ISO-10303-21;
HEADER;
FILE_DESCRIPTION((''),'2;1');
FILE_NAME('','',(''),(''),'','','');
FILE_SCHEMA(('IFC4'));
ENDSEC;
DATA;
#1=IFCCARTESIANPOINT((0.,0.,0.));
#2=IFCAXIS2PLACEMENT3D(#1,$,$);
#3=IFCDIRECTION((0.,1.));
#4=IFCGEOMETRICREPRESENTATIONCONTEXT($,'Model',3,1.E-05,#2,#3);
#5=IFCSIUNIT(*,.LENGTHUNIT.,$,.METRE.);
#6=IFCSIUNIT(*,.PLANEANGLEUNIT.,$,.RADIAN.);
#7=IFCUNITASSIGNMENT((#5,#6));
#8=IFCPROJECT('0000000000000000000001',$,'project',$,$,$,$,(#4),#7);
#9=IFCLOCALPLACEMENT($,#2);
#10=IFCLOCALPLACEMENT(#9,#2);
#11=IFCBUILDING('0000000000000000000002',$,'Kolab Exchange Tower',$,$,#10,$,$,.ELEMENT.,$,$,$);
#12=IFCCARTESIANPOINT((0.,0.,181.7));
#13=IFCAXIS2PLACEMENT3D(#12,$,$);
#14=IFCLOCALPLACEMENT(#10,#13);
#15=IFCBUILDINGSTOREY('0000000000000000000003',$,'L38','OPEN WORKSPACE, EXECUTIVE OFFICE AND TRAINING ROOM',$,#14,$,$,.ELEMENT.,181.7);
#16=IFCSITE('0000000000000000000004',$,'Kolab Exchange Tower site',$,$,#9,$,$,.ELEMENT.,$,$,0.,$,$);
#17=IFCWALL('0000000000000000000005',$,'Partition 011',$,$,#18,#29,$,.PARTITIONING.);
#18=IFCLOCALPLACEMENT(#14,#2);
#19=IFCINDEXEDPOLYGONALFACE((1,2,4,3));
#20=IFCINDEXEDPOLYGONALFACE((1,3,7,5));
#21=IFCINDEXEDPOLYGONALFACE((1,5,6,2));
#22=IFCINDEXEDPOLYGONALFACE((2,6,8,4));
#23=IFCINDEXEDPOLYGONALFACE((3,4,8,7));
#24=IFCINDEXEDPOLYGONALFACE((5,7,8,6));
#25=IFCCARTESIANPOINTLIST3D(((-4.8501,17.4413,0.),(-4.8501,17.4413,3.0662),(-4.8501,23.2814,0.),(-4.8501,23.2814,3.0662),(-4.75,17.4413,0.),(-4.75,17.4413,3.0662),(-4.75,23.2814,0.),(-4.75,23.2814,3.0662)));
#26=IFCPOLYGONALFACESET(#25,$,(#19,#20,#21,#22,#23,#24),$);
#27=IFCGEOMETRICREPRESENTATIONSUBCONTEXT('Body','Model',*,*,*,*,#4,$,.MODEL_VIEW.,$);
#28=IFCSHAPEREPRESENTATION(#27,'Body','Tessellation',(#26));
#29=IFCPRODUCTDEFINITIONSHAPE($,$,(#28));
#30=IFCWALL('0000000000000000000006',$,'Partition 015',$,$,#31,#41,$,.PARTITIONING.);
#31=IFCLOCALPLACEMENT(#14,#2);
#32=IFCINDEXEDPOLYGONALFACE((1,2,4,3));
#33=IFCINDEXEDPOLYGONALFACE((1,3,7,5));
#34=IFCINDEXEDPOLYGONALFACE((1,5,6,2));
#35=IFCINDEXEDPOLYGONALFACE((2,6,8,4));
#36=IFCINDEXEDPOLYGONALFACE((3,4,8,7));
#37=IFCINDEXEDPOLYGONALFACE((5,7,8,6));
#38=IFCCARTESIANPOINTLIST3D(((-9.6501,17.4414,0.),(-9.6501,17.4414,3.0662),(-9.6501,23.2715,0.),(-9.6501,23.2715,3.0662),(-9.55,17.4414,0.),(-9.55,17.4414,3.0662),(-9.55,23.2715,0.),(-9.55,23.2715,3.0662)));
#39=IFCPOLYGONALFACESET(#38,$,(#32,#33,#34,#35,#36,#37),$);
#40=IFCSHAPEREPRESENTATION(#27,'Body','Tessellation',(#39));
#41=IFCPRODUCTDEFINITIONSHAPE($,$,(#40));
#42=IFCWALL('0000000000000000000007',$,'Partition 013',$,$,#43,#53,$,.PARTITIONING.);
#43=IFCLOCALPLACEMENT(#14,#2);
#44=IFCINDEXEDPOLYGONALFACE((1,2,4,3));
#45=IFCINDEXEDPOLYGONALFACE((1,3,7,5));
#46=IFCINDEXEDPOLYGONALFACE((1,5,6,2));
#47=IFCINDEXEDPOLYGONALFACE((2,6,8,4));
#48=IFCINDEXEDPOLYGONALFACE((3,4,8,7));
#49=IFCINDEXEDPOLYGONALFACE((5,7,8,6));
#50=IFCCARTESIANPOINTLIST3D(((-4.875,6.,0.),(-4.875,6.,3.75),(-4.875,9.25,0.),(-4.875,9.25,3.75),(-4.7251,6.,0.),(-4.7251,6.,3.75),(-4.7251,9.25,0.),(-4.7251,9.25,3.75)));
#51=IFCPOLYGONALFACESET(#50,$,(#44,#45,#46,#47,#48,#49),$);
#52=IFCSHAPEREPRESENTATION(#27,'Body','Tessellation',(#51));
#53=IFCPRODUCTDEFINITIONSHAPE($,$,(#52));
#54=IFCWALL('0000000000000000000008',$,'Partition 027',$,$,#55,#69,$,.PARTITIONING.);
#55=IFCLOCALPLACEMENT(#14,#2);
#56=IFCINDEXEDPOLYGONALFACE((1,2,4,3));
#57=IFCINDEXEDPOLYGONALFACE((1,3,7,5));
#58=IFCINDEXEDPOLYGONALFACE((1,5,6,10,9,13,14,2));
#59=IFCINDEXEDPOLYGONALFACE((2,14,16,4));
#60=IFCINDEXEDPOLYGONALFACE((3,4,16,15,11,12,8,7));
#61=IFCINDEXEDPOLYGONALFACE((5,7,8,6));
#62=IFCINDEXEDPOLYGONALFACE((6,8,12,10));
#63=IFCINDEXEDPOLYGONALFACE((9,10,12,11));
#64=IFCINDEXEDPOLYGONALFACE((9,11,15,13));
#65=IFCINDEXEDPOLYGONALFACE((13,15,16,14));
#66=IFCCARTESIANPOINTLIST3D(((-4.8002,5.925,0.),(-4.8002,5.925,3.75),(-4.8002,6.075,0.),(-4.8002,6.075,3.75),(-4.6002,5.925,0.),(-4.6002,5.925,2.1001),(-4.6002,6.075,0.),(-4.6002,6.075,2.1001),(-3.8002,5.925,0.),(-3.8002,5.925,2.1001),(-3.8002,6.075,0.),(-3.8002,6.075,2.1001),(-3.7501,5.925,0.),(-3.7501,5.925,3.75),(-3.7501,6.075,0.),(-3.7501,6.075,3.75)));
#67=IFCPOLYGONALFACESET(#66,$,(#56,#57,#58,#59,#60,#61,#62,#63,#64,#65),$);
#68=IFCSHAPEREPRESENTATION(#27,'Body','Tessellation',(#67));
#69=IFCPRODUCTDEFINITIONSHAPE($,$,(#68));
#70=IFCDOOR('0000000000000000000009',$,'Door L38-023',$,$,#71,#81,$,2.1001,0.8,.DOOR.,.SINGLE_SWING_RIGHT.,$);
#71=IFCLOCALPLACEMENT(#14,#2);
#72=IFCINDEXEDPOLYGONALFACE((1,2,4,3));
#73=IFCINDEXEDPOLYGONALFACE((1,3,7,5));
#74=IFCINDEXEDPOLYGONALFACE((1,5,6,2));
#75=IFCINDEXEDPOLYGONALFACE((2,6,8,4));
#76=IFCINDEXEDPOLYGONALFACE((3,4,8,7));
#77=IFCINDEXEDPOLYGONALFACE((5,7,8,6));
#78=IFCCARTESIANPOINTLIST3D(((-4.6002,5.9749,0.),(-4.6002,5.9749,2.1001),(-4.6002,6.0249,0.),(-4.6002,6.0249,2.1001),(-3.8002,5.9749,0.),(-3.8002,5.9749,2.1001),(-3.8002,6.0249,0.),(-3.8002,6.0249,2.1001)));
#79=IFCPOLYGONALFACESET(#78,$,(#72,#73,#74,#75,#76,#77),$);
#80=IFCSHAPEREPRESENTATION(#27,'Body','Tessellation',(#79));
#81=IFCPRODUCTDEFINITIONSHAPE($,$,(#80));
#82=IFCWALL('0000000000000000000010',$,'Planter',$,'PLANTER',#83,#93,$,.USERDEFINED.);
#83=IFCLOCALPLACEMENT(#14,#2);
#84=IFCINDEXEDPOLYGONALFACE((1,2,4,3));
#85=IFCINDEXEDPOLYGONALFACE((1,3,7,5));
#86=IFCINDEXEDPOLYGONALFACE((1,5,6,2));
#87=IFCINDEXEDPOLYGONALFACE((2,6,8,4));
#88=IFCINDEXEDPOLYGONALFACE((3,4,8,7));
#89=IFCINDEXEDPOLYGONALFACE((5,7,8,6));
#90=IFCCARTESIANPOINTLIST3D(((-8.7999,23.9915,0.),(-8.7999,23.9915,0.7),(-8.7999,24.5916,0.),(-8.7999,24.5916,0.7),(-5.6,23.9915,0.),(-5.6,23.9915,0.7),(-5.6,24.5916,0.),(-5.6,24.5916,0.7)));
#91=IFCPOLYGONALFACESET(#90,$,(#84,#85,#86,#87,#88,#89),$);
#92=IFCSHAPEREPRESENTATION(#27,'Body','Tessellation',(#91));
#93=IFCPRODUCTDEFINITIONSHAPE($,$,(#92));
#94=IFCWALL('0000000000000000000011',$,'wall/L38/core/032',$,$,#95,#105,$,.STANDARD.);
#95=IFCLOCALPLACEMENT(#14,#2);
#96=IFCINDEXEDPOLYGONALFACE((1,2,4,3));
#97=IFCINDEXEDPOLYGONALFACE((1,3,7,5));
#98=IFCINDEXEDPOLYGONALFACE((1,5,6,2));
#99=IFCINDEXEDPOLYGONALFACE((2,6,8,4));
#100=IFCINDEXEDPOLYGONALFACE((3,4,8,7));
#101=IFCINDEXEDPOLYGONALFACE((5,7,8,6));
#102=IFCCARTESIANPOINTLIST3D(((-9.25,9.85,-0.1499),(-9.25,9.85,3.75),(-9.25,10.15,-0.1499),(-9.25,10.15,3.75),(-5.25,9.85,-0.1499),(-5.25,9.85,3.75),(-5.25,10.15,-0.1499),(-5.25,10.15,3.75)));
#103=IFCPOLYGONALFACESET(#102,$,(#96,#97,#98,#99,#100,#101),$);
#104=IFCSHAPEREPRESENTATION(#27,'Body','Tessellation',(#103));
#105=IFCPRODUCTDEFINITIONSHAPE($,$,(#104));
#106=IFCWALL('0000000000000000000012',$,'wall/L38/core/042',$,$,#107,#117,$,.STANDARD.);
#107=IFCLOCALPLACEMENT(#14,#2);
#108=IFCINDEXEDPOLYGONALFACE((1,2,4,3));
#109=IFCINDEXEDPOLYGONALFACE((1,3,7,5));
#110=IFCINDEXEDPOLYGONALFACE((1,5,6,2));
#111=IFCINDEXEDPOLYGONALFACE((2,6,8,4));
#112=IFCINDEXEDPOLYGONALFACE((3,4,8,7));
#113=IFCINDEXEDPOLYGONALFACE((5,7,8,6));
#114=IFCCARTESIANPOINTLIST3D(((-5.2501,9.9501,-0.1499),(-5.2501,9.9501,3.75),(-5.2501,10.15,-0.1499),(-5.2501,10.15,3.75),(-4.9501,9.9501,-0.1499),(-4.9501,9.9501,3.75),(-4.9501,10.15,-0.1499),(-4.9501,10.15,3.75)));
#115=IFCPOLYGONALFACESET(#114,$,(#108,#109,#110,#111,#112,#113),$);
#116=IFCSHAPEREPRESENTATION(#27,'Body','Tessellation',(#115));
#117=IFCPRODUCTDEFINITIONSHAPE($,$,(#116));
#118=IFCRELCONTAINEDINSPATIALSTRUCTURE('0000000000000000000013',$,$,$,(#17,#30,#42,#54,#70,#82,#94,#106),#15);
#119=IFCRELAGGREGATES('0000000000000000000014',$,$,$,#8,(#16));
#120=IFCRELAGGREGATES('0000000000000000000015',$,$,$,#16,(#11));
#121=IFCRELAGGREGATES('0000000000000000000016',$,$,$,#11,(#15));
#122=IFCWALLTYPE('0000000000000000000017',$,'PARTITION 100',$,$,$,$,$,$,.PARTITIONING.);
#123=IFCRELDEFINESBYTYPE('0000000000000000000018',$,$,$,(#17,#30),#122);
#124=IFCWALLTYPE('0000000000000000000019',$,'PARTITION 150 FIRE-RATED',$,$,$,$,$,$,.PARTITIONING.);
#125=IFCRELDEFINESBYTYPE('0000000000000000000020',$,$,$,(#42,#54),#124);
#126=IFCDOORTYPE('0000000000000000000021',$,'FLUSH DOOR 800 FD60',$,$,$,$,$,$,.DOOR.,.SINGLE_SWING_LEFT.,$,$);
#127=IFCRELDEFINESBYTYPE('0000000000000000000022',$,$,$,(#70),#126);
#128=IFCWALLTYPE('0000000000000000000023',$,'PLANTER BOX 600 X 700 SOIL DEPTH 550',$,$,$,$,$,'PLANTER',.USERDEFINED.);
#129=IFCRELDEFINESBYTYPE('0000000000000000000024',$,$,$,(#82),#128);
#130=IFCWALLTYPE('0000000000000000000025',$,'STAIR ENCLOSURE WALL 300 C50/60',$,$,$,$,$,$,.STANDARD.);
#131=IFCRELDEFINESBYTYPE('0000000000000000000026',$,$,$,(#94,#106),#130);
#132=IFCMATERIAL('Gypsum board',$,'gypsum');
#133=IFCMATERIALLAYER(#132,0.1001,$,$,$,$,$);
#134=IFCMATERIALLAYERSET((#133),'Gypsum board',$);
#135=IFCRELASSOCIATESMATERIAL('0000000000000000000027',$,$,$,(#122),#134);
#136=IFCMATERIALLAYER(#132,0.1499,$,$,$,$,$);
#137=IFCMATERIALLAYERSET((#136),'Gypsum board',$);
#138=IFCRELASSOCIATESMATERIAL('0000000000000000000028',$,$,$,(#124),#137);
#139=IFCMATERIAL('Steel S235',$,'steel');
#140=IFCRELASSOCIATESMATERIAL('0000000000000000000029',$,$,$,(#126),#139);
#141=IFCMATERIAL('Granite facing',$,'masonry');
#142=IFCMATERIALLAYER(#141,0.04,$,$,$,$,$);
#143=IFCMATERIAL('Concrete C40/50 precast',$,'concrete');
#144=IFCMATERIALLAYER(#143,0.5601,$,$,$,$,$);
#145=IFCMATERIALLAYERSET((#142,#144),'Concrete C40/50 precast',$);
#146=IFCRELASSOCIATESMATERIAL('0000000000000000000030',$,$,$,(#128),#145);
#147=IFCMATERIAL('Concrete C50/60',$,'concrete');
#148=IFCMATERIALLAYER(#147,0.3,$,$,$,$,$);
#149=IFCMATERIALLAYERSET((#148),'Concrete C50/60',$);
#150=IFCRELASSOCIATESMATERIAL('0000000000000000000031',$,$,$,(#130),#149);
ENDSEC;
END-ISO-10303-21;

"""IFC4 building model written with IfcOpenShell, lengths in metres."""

from ifc_helpers import new_model, si_unit, direction, frame, frame_2d, origin, place, context, subcontext, project, spatial, rectangle, extrude, material, layer, layer_set, type_object, element, fill, save


model = new_model("IFC4")

# Units and contexts
model_context = context("Model", 3, precision=1e-05, world=origin(), true_north=direction((0.0, 1.0)))
body_context = subcontext(model_context, "Body", "Model", "MODEL_VIEW")
ifc_project = project(units=[si_unit("LENGTHUNIT", "METRE"), si_unit("PLANEANGLEUNIT", "RADIAN")], contexts=[model_context])

# Site, building, storey
site_placement = place(None, origin())
site = spatial("IfcSite", under=ifc_project, at=site_placement, Name="Kolab Exchange Tower site", CompositionType="ELEMENT", RefElevation=0.0)
building_placement = place(site_placement, origin())
building = spatial("IfcBuilding", under=site, at=building_placement, Name="Kolab Exchange Tower", CompositionType="ELEMENT")
storey_placement = place(building_placement, frame((0.0, 0.0, 181.7)))
storey = spatial("IfcBuildingStorey", under=building, at=storey_placement, Name="L38", Description="OPEN WORKSPACE, EXECUTIVE OFFICE AND TRAINING ROOM", CompositionType="ELEMENT", Elevation=181.7)

# Shared definitions
ifc_material_1 = material(Name="Steel S235", Category="steel")
ifc_material_2 = material(Name="Concrete C50/60", Category="concrete")

# Walls
ifc_material_3 = material(Name="Gypsum board", Category="gypsum")
ifc_layer_1 = layer(ifc_material_3, 0.1001)
ifc_layer_set_1 = layer_set([ifc_layer_1], Name="Gypsum board")
wall_type_1 = type_object("IfcWallType", Name="PARTITION 100", PredefinedType="PARTITIONING", material=ifc_layer_set_1)
wall_1_placement = place(storey_placement, frame((-4.8, 17.4414, 0.0), z_axis=(0.0, 0.0, 1.0), x_axis=(0.0, 1.0, 0.0)))
element("IfcWall", 1, at=wall_1_placement, inside=storey, type_object=wall_type_1, Name="Partition 011", PredefinedType="PARTITIONING", context=body_context, shape_type="SweptSolid", body=[
    extrude(rectangle(XDim=5.8401, YDim=0.1001, at=frame_2d((2.9199, 0.0))), origin(), (0.0, 0.0, 1.0), 3.0662),
])
wall_2_placement = place(storey_placement, frame((-9.6001, 17.4414, 0.0), z_axis=(0.0, 0.0, 1.0), x_axis=(0.0, 1.0, 0.0)))
element("IfcWall", 2, at=wall_2_placement, inside=storey, type_object=wall_type_1, Name="Partition 015", PredefinedType="PARTITIONING", context=body_context, shape_type="SweptSolid", body=[
    extrude(rectangle(XDim=5.8301, YDim=0.1001, at=frame_2d((2.915, 0.0))), origin(), (0.0, 0.0, 1.0), 3.0662),
])
ifc_layer_2 = layer(ifc_material_3, 0.1499)
ifc_layer_set_2 = layer_set([ifc_layer_2], Name="Gypsum board")
wall_type_2 = type_object("IfcWallType", Name="PARTITION 150 FIRE-RATED", PredefinedType="PARTITIONING", material=ifc_layer_set_2)
wall_3_placement = place(storey_placement, frame((-4.8, 6.0, 0.0), z_axis=(0.0, 0.0, 1.0), x_axis=(0.0, 1.0, 0.0)))
element("IfcWall", 3, at=wall_3_placement, inside=storey, type_object=wall_type_2, Name="Partition 013", PredefinedType="PARTITIONING", context=body_context, shape_type="SweptSolid", body=[
    extrude(rectangle(XDim=3.25, YDim=0.1499, at=frame_2d((1.625, 0.0))), origin(), (0.0, 0.0, 1.0), 3.75),
])

# Wall, opening, door
wall_4_placement = place(storey_placement, frame((-4.8, 6.0, 0.0), z_axis=(0.0, 0.0, 1.0), x_axis=(1.0, 0.0, 0.0)))
wall_4 = element("IfcWall", 4, at=wall_4_placement, inside=storey, type_object=wall_type_2, Name="Partition 027", PredefinedType="PARTITIONING", context=body_context, shape_type="SweptSolid", body=[
    extrude(rectangle(XDim=1.05, YDim=0.1499, at=frame_2d((0.5249, 0.0))), origin(), (0.0, 0.0, 1.0), 3.75),
])
opening_1_placement = place(wall_4_placement, frame((0.2, 0.0, 0.0)))
opening_1 = element("IfcOpeningElement", 5, at=opening_1_placement, cuts=wall_4, PredefinedType="OPENING", context=body_context, shape_type="SweptSolid", body=[
    extrude(rectangle(XDim=0.8, YDim=2.1001, at=frame_2d((0.3999, 1.05))), frame((0.0, 0.085, 0.0), z_axis=(0.0, -1.0, 0.0), x_axis=(1.0, 0.0, 0.0)), (0.0, 0.0, 1.0), 0.1699),
])
door_type_1 = type_object("IfcDoorType", Name="FLUSH DOOR 800 FD60", OperationType="SINGLE_SWING_LEFT", PredefinedType="DOOR", material=ifc_material_1)
door_1_placement = place(opening_1_placement, origin())
door_1 = element("IfcDoor", 6, at=door_1_placement, inside=storey, type_object=door_type_1, Name="Door L38-023", OperationType="SINGLE_SWING_RIGHT", OverallHeight=2.1001, OverallWidth=0.8, PredefinedType="DOOR", context=body_context, shape_type="SweptSolid", body=[
    extrude(rectangle(XDim=0.8, YDim=2.1001, at=frame_2d((0.3999, 1.05))), frame((0.0, 0.0249, 0.0), z_axis=(0.0, -1.0, 0.0), x_axis=(1.0, 0.0, 0.0)), (0.0, 0.0, 1.0), 0.05),
])
fill(opening_1, door_1)

# Walls
ifc_material_4 = material(Name="Granite facing", Category="masonry")
ifc_layer_3 = layer(ifc_material_4, 0.04)
ifc_material_5 = material(Name="Concrete C40/50 precast", Category="concrete")
ifc_layer_4 = layer(ifc_material_5, 0.5601)
ifc_layer_set_3 = layer_set([ifc_layer_3, ifc_layer_4], Name="Concrete C40/50 precast")
wall_type_3 = type_object("IfcWallType", Name="PLANTER BOX 600 X 700 SOIL DEPTH 550", ElementType="PLANTER", PredefinedType="USERDEFINED", material=ifc_layer_set_3)
wall_5_placement = place(storey_placement, frame((-8.8, 24.2915, 0.0), z_axis=(0.0, 0.0, 1.0), x_axis=(1.0, 0.0, 0.0)))
element("IfcWall", 7, at=wall_5_placement, inside=storey, type_object=wall_type_3, Name="Planter", ObjectType="PLANTER", PredefinedType="USERDEFINED", context=body_context, shape_type="SweptSolid", body=[
    extrude(rectangle(XDim=3.2, YDim=0.6001, at=frame_2d((1.6001, 0.0))), origin(), (0.0, 0.0, 1.0), 0.7),
])
ifc_layer_5 = layer(ifc_material_2, 0.3)
ifc_layer_set_4 = layer_set([ifc_layer_5], Name="Concrete C50/60")
wall_type_4 = type_object("IfcWallType", Name="STAIR ENCLOSURE WALL 300 C50/60", PredefinedType="STANDARD", material=ifc_layer_set_4)
wall_6_placement = place(storey_placement, frame((-9.25, 10.0, -0.1499), z_axis=(0.0, 0.0, 1.0), x_axis=(1.0, 0.0, 0.0)))
element("IfcWall", 8, at=wall_6_placement, inside=storey, type_object=wall_type_4, Name="wall/L38/core/032", PredefinedType="STANDARD", context=body_context, shape_type="SweptSolid", body=[
    extrude(rectangle(XDim=4.0, YDim=0.3, at=frame_2d((2.0, 0.0))), origin(), (0.0, 0.0, 1.0), 3.8999),
])
wall_7_placement = place(storey_placement, frame((-5.1001, 9.95, -0.1499), z_axis=(0.0, 0.0, 1.0), x_axis=(0.0, 1.0, 0.0)))
element("IfcWall", 9, at=wall_7_placement, inside=storey, type_object=wall_type_4, Name="wall/L38/core/042", PredefinedType="STANDARD", context=body_context, shape_type="SweptSolid", body=[
    extrude(rectangle(XDim=0.2, YDim=0.3, at=frame_2d((0.1001, 0.0))), origin(), (0.0, 0.0, 1.0), 3.8999),
])

save(model, "model.ifc")
